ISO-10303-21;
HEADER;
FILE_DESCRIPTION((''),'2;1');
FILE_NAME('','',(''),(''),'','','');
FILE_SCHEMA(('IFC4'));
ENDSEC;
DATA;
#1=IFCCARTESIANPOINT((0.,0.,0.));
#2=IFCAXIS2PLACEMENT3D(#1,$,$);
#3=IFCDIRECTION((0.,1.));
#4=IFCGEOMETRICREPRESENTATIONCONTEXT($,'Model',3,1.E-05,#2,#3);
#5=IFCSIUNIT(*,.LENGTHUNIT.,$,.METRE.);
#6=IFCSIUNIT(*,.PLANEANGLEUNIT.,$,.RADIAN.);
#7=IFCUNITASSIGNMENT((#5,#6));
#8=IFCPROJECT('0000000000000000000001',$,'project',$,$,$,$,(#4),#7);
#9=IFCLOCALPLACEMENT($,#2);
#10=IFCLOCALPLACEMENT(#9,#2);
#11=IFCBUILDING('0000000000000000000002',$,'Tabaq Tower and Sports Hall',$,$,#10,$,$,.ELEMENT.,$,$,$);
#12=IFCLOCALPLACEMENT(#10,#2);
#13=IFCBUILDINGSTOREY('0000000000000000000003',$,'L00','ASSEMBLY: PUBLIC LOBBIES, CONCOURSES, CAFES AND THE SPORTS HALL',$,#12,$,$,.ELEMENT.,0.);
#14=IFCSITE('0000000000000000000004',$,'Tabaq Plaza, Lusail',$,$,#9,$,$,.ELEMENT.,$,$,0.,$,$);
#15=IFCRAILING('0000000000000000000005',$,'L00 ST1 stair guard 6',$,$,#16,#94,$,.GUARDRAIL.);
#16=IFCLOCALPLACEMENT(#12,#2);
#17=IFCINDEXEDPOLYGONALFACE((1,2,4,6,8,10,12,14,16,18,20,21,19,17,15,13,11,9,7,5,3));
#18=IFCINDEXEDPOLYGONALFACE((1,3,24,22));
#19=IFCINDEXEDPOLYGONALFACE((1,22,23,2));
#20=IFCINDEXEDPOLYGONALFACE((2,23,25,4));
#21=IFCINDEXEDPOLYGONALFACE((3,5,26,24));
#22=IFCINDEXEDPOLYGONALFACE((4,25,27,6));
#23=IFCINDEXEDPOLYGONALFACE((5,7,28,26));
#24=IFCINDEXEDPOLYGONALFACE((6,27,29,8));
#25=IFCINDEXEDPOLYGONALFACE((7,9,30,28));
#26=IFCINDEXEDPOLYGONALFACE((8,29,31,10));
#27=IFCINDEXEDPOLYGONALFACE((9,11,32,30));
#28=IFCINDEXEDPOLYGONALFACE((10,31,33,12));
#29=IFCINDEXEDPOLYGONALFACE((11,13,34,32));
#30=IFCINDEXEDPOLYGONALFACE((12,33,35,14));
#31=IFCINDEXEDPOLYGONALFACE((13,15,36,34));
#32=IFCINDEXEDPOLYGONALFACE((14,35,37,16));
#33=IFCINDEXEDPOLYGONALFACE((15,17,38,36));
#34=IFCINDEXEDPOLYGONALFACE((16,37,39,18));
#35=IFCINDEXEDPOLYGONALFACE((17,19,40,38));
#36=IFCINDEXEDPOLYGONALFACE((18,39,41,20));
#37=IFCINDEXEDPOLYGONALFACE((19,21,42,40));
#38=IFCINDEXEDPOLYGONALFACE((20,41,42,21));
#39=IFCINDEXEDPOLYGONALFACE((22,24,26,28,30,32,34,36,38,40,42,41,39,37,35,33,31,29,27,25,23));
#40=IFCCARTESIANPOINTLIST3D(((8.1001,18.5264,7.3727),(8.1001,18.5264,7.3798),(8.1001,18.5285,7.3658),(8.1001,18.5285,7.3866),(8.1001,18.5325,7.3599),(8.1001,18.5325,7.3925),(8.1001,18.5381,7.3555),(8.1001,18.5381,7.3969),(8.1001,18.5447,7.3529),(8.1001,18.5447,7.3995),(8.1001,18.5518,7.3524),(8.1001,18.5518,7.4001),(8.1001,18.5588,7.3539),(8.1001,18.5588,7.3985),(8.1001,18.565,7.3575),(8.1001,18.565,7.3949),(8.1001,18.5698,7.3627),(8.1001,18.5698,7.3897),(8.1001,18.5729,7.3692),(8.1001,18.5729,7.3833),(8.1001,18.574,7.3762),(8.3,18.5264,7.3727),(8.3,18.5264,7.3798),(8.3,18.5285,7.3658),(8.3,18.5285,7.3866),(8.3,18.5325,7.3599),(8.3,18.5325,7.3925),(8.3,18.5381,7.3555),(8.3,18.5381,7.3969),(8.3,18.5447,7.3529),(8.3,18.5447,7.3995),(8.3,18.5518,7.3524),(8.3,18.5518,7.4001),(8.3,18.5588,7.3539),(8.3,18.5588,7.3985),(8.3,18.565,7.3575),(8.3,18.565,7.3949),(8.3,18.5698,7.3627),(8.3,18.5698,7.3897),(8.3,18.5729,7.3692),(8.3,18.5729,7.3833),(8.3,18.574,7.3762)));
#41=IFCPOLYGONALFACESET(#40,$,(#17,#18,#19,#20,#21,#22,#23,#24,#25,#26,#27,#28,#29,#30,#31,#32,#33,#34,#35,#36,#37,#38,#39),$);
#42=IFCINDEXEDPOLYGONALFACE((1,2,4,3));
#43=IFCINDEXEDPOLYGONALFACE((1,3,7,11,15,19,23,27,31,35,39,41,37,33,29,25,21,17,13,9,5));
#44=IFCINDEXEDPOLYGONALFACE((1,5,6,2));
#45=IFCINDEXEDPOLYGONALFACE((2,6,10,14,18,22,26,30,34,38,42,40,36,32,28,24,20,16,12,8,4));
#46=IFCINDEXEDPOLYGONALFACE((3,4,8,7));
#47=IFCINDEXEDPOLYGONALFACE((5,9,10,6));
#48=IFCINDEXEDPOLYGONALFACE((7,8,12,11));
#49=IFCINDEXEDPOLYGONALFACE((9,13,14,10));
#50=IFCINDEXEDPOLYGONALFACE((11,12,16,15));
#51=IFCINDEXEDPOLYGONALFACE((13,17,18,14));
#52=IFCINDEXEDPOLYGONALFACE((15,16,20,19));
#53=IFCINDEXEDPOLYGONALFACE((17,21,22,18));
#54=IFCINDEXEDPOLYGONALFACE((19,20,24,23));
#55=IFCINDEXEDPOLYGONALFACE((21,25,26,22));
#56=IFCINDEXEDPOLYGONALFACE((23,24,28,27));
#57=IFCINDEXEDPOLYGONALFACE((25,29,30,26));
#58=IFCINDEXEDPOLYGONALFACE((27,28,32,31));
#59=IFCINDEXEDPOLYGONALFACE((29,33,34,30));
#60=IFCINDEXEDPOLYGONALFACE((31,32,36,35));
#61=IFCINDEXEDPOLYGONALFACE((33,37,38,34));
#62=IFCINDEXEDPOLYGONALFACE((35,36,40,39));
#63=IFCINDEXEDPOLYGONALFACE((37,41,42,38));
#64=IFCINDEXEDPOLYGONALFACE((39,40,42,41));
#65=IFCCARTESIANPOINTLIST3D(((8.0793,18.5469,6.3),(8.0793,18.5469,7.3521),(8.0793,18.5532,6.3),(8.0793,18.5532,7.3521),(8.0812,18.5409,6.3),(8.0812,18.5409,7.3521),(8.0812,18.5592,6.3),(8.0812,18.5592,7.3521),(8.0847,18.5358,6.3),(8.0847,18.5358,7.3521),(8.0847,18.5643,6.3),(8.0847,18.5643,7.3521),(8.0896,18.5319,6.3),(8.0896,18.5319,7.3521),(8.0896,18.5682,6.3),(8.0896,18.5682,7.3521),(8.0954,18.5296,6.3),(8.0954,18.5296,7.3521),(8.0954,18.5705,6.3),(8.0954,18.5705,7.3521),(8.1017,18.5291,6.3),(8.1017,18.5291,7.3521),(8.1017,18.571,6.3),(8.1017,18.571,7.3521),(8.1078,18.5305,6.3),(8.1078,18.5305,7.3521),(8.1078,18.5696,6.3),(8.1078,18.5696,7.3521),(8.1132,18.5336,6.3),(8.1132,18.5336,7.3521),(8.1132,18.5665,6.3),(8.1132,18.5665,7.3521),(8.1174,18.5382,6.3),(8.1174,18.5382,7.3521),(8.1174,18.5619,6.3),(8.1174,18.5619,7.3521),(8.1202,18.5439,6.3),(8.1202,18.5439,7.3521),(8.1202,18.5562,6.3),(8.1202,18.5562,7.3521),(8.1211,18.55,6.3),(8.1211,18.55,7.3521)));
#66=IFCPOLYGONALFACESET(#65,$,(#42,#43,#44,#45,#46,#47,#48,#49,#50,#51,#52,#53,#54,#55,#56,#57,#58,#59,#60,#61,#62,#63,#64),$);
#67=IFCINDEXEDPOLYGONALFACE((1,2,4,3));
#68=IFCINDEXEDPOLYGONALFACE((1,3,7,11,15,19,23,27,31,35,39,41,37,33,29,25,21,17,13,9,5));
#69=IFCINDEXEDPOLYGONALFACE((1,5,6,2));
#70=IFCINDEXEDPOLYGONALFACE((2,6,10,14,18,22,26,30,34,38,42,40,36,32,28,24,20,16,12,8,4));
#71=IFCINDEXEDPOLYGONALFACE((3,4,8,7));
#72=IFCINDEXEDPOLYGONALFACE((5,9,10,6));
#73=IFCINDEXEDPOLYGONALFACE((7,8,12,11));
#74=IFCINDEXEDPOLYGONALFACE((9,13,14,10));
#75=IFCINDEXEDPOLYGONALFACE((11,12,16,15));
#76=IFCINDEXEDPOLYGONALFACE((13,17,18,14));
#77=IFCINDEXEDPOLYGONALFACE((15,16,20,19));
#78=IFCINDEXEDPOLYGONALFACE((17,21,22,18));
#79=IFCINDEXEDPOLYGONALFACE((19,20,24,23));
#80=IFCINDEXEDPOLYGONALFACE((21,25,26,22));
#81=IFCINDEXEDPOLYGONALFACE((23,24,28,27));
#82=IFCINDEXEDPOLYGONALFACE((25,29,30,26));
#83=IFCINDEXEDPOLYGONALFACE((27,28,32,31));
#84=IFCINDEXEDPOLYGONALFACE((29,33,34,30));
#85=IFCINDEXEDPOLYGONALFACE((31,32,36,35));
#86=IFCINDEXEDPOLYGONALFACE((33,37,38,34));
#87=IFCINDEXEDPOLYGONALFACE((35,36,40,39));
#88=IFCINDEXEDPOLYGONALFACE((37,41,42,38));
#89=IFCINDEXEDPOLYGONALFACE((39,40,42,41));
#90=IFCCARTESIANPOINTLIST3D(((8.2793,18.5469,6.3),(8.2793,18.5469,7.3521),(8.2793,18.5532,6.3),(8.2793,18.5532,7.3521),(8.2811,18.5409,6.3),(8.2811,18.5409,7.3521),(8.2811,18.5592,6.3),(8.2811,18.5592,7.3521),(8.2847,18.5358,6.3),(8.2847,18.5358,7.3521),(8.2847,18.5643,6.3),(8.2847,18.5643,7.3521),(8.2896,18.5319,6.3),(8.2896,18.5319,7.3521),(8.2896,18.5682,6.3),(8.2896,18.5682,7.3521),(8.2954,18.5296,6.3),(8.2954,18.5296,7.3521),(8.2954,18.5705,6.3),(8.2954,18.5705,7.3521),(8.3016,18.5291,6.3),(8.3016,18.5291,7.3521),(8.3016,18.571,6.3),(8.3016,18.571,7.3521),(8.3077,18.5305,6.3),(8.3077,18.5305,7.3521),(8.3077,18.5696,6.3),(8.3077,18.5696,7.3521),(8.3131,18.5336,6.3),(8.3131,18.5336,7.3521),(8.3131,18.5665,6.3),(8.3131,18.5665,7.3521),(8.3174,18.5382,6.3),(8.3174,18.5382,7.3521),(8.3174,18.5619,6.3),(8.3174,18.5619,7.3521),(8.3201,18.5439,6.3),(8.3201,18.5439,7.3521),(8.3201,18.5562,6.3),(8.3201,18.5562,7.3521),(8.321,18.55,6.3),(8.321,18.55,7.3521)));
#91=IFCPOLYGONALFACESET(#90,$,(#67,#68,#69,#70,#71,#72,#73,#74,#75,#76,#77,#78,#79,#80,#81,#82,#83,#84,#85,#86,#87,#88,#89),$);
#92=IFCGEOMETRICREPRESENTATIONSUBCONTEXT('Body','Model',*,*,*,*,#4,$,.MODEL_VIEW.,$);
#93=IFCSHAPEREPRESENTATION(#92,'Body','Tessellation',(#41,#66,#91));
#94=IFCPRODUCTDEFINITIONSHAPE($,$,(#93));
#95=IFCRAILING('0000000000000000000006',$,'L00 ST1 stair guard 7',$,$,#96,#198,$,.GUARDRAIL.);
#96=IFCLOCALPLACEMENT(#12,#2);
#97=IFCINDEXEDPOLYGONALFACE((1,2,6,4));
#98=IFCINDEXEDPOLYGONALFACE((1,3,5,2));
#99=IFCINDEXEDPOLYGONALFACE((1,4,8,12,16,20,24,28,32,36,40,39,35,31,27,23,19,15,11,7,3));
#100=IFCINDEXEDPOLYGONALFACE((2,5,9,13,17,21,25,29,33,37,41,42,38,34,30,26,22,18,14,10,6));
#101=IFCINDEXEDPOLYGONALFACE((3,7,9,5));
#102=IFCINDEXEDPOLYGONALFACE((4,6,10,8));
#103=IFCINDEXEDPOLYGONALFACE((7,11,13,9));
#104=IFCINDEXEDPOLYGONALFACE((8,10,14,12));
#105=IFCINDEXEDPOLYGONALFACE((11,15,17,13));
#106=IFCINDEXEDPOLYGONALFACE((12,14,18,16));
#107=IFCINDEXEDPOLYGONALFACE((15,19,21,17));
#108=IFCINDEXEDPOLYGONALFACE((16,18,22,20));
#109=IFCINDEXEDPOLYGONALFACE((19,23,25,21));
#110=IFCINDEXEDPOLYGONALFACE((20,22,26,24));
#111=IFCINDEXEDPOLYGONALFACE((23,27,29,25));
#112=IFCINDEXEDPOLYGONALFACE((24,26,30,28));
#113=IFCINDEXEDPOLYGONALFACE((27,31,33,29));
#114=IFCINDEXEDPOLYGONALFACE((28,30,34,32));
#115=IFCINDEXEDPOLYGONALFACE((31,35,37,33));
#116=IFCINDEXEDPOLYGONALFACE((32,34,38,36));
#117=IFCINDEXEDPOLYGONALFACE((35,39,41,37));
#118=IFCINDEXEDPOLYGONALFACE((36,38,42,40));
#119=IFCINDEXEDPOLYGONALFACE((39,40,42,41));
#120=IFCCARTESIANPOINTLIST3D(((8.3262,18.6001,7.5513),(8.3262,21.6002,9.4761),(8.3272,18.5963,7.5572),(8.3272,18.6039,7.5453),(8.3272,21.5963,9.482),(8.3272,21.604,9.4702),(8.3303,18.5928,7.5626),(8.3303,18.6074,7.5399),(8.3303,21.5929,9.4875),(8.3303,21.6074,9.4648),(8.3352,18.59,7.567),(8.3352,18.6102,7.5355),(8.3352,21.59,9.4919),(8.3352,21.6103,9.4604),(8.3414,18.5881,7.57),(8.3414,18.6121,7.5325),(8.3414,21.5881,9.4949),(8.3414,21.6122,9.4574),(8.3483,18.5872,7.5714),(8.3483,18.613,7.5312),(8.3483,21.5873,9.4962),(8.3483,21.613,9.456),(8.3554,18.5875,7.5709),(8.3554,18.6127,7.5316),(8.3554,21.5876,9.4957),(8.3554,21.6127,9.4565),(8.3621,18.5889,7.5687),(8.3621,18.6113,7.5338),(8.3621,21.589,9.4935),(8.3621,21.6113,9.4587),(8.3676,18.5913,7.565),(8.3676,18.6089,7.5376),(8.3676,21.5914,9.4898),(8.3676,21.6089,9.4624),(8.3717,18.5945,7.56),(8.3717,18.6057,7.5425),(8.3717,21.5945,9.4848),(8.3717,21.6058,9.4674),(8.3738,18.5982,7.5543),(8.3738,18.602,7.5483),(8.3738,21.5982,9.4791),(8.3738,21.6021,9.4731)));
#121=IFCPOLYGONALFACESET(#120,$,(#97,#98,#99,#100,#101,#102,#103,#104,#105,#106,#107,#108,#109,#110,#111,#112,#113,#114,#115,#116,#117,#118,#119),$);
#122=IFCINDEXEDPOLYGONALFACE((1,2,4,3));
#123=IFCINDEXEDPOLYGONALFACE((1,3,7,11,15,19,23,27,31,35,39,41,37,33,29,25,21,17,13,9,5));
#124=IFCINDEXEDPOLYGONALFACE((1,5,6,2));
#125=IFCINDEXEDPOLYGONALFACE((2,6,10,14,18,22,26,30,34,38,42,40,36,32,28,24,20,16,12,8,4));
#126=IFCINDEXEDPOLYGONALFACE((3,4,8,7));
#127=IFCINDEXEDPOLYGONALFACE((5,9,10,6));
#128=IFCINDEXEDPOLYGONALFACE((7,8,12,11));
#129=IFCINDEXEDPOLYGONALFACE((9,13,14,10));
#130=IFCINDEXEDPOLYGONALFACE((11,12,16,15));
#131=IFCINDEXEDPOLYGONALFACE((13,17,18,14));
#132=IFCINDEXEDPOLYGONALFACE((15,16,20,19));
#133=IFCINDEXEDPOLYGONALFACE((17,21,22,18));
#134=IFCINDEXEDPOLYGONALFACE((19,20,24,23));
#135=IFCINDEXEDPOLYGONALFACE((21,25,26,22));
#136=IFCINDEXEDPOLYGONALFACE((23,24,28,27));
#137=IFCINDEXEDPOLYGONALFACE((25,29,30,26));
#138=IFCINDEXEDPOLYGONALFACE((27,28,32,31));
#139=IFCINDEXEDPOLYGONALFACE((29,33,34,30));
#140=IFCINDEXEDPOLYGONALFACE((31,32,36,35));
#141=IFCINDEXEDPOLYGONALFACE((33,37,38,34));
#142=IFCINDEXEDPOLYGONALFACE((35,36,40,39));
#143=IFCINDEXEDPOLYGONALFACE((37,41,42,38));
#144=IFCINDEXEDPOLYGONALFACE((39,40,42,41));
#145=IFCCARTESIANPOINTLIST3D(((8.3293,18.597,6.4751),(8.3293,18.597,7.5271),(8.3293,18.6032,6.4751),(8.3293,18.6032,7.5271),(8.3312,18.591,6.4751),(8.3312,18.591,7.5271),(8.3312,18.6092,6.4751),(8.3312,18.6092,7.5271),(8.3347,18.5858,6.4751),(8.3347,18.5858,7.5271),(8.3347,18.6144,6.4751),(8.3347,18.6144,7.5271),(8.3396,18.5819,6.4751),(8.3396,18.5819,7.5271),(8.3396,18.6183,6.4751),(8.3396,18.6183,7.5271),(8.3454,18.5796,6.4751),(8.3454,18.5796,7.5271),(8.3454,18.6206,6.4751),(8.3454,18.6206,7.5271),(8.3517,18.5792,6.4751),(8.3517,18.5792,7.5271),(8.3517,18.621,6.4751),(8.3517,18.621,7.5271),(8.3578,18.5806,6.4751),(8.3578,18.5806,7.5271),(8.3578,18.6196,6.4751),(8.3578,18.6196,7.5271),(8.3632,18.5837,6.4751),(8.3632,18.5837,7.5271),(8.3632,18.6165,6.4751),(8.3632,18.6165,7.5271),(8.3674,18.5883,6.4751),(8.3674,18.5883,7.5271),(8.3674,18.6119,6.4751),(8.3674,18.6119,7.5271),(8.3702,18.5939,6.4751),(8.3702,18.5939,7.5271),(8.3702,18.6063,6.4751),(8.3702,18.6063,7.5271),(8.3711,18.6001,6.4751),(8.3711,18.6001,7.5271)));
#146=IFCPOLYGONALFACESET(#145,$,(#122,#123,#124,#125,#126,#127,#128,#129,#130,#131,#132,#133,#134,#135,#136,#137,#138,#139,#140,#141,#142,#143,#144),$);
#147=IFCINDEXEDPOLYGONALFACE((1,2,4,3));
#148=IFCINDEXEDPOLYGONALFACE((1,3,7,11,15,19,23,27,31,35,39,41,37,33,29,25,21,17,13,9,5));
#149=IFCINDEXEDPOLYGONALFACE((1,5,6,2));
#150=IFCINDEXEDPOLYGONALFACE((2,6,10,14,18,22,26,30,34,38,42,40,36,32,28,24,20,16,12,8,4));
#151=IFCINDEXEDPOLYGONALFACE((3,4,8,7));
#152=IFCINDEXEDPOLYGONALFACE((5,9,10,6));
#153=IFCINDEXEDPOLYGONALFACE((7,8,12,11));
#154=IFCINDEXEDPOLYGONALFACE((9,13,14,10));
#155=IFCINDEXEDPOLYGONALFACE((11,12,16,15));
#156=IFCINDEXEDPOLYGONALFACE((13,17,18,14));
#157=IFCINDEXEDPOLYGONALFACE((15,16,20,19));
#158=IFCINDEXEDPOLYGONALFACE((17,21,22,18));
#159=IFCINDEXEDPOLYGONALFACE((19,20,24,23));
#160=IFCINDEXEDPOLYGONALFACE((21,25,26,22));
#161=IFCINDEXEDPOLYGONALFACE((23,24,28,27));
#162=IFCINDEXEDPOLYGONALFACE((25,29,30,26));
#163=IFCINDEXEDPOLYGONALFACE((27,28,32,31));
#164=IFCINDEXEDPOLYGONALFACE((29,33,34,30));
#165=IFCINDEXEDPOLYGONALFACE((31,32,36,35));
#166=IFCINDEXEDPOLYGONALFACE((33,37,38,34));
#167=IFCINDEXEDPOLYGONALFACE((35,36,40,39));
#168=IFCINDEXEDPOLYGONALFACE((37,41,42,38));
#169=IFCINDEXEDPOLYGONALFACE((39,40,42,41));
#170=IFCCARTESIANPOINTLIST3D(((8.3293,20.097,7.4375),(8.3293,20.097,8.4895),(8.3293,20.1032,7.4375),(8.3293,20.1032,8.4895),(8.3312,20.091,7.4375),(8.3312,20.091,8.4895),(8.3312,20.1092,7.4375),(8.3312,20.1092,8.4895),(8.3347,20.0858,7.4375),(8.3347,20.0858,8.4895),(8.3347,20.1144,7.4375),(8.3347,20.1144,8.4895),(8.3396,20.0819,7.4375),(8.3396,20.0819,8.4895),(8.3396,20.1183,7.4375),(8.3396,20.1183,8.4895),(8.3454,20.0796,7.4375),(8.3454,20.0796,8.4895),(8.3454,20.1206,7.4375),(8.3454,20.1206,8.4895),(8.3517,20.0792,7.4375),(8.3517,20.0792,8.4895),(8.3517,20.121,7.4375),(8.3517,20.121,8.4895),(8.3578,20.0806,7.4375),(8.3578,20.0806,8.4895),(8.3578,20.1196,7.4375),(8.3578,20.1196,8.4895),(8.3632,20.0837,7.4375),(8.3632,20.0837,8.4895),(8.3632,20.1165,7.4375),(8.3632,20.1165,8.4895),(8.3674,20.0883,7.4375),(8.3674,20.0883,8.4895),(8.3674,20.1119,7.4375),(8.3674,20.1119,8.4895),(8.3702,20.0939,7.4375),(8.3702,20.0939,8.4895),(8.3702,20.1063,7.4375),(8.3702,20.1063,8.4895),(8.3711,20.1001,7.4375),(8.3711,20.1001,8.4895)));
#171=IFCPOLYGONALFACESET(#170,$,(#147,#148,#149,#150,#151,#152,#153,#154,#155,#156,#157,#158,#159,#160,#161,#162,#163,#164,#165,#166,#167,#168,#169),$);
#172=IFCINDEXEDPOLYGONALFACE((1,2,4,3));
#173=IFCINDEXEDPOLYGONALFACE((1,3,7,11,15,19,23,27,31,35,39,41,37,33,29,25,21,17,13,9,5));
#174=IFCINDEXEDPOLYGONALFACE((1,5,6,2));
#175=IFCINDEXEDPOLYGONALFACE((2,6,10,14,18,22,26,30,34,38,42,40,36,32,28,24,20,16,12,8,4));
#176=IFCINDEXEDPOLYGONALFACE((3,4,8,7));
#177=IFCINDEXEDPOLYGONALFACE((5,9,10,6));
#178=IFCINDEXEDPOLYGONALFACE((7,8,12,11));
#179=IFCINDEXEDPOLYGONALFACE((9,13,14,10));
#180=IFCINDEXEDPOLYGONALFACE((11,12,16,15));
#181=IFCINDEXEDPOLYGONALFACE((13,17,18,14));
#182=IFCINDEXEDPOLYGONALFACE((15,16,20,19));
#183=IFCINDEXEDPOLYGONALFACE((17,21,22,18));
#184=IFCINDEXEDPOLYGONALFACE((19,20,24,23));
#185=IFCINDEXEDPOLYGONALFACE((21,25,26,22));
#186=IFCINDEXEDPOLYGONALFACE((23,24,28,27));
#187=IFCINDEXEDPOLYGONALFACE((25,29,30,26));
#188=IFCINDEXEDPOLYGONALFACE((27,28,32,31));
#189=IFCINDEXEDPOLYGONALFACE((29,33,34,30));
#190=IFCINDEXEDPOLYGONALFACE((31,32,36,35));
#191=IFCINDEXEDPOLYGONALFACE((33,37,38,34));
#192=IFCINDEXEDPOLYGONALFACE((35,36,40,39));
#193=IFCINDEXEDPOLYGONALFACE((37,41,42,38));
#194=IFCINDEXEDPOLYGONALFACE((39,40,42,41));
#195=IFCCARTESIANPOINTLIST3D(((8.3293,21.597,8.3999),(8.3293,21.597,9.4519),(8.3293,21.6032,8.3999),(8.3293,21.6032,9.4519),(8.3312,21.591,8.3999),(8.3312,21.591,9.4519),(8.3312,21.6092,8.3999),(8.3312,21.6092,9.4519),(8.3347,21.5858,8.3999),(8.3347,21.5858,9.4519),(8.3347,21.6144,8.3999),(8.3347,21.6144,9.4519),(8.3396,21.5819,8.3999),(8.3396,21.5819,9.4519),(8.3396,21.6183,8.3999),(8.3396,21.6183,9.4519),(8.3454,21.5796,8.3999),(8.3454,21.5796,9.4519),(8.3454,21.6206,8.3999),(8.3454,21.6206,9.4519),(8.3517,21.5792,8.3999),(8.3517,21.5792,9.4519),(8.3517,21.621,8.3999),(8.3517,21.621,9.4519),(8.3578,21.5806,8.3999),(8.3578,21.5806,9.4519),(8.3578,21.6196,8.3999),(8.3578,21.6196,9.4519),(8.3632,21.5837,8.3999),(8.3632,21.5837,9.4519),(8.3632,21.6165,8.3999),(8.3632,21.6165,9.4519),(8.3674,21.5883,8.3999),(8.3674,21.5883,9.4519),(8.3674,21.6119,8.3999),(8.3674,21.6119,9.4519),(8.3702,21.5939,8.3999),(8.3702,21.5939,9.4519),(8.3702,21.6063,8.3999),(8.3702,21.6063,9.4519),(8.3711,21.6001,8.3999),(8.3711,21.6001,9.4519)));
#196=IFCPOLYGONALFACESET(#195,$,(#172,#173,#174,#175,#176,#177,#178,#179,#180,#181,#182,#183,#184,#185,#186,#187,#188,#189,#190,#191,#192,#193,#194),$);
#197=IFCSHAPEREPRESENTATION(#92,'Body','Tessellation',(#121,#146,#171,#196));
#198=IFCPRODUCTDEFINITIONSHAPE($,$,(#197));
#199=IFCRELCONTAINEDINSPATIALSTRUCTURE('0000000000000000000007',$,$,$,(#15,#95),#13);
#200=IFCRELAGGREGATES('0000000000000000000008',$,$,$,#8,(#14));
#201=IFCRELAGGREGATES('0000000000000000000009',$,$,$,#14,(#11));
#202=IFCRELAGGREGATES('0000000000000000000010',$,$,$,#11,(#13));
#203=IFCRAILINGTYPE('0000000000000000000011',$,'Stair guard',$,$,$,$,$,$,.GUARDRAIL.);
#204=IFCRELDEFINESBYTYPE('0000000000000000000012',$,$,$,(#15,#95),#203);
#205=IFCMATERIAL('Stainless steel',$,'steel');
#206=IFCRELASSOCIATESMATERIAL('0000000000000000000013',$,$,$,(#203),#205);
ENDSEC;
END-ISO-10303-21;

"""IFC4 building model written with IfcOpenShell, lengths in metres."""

from ifc_helpers import new_model, si_unit, direction, frame, origin, origin_2d, place, context, subcontext, project, spatial, circle, extrude, material, type_object, element, save


model = new_model("IFC4")

# Units and contexts
model_context = context("Model", 3, precision=1e-05, world=origin(), true_north=direction((0.0, 1.0)))
body_context = subcontext(model_context, "Body", "Model", "MODEL_VIEW")
ifc_project = project(units=[si_unit("LENGTHUNIT", "METRE"), si_unit("PLANEANGLEUNIT", "RADIAN")], contexts=[model_context])

# Site, building, storey
site_placement = place(None, origin())
site = spatial("IfcSite", under=ifc_project, at=site_placement, Name="Tabaq Plaza, Lusail", CompositionType="ELEMENT", RefElevation=0.0)
building_placement = place(site_placement, origin())
building = spatial("IfcBuilding", under=site, at=building_placement, Name="Tabaq Tower and Sports Hall", CompositionType="ELEMENT")
storey_placement = place(building_placement, origin())
storey = spatial("IfcBuildingStorey", under=building, at=storey_placement, Name="L00", Description="ASSEMBLY: PUBLIC LOBBIES, CONCOURSES, CAFES AND THE SPORTS HALL", CompositionType="ELEMENT", Elevation=0.0)

# Railings
ifc_material_1 = material(Name="Stainless steel", Category="steel")
railing_type_1 = type_object("IfcRailingType", Name="Stair guard", PredefinedType="GUARDRAIL", material=ifc_material_1)
railing_1_placement = place(storey_placement, frame((8.1001, 18.55, 6.3)))
element("IfcRailing", 1, at=railing_1_placement, inside=storey, type_object=railing_type_1, Name="L00 ST1 stair guard 6", PredefinedType="GUARDRAIL", context=body_context, shape_type="SweptSolid", body=[
    extrude(circle(Radius=0.0239, at=origin_2d()), frame((0.0, 0.0, 1.0762), z_axis=(1.0, 0.0, 0.0), x_axis=(0.0, 1.0, 0.0)), (0.0, 0.0, 1.0), 0.2),
    extrude(circle(Radius=0.021, at=origin_2d()), origin(), (0.0, 0.0, 1.0), 1.052),
    extrude(circle(Radius=0.021, at=origin_2d()), frame((0.2, 0.0, 0.0)), (0.0, 0.0, 1.0), 1.052),
])
railing_2_placement = place(storey_placement, frame((8.3501, 18.6001, 6.4751)))
element("IfcRailing", 2, at=railing_2_placement, inside=storey, type_object=railing_type_1, Name="L00 ST1 stair guard 7", PredefinedType="GUARDRAIL", context=body_context, shape_type="SweptSolid", body=[
    extrude(circle(Radius=0.0239, at=origin_2d()), frame((0.0, 0.0, 1.0762), z_axis=(0.0, 0.841659, 0.54001), x_axis=(-1.0, 0.0, 0.0)), (0.0, 0.0, 1.0), 3.5645),
    extrude(circle(Radius=0.021, at=origin_2d()), origin(), (0.0, 0.0, 1.0), 1.052),
    extrude(circle(Radius=0.021, at=origin_2d()), frame((0.0, 1.5, 0.9624)), (0.0, 0.0, 1.0), 1.052),
    extrude(circle(Radius=0.021, at=origin_2d()), frame((0.0, 3.0, 1.9248)), (0.0, 0.0, 1.0), 1.052),
])

save(model, "model.ifc")
